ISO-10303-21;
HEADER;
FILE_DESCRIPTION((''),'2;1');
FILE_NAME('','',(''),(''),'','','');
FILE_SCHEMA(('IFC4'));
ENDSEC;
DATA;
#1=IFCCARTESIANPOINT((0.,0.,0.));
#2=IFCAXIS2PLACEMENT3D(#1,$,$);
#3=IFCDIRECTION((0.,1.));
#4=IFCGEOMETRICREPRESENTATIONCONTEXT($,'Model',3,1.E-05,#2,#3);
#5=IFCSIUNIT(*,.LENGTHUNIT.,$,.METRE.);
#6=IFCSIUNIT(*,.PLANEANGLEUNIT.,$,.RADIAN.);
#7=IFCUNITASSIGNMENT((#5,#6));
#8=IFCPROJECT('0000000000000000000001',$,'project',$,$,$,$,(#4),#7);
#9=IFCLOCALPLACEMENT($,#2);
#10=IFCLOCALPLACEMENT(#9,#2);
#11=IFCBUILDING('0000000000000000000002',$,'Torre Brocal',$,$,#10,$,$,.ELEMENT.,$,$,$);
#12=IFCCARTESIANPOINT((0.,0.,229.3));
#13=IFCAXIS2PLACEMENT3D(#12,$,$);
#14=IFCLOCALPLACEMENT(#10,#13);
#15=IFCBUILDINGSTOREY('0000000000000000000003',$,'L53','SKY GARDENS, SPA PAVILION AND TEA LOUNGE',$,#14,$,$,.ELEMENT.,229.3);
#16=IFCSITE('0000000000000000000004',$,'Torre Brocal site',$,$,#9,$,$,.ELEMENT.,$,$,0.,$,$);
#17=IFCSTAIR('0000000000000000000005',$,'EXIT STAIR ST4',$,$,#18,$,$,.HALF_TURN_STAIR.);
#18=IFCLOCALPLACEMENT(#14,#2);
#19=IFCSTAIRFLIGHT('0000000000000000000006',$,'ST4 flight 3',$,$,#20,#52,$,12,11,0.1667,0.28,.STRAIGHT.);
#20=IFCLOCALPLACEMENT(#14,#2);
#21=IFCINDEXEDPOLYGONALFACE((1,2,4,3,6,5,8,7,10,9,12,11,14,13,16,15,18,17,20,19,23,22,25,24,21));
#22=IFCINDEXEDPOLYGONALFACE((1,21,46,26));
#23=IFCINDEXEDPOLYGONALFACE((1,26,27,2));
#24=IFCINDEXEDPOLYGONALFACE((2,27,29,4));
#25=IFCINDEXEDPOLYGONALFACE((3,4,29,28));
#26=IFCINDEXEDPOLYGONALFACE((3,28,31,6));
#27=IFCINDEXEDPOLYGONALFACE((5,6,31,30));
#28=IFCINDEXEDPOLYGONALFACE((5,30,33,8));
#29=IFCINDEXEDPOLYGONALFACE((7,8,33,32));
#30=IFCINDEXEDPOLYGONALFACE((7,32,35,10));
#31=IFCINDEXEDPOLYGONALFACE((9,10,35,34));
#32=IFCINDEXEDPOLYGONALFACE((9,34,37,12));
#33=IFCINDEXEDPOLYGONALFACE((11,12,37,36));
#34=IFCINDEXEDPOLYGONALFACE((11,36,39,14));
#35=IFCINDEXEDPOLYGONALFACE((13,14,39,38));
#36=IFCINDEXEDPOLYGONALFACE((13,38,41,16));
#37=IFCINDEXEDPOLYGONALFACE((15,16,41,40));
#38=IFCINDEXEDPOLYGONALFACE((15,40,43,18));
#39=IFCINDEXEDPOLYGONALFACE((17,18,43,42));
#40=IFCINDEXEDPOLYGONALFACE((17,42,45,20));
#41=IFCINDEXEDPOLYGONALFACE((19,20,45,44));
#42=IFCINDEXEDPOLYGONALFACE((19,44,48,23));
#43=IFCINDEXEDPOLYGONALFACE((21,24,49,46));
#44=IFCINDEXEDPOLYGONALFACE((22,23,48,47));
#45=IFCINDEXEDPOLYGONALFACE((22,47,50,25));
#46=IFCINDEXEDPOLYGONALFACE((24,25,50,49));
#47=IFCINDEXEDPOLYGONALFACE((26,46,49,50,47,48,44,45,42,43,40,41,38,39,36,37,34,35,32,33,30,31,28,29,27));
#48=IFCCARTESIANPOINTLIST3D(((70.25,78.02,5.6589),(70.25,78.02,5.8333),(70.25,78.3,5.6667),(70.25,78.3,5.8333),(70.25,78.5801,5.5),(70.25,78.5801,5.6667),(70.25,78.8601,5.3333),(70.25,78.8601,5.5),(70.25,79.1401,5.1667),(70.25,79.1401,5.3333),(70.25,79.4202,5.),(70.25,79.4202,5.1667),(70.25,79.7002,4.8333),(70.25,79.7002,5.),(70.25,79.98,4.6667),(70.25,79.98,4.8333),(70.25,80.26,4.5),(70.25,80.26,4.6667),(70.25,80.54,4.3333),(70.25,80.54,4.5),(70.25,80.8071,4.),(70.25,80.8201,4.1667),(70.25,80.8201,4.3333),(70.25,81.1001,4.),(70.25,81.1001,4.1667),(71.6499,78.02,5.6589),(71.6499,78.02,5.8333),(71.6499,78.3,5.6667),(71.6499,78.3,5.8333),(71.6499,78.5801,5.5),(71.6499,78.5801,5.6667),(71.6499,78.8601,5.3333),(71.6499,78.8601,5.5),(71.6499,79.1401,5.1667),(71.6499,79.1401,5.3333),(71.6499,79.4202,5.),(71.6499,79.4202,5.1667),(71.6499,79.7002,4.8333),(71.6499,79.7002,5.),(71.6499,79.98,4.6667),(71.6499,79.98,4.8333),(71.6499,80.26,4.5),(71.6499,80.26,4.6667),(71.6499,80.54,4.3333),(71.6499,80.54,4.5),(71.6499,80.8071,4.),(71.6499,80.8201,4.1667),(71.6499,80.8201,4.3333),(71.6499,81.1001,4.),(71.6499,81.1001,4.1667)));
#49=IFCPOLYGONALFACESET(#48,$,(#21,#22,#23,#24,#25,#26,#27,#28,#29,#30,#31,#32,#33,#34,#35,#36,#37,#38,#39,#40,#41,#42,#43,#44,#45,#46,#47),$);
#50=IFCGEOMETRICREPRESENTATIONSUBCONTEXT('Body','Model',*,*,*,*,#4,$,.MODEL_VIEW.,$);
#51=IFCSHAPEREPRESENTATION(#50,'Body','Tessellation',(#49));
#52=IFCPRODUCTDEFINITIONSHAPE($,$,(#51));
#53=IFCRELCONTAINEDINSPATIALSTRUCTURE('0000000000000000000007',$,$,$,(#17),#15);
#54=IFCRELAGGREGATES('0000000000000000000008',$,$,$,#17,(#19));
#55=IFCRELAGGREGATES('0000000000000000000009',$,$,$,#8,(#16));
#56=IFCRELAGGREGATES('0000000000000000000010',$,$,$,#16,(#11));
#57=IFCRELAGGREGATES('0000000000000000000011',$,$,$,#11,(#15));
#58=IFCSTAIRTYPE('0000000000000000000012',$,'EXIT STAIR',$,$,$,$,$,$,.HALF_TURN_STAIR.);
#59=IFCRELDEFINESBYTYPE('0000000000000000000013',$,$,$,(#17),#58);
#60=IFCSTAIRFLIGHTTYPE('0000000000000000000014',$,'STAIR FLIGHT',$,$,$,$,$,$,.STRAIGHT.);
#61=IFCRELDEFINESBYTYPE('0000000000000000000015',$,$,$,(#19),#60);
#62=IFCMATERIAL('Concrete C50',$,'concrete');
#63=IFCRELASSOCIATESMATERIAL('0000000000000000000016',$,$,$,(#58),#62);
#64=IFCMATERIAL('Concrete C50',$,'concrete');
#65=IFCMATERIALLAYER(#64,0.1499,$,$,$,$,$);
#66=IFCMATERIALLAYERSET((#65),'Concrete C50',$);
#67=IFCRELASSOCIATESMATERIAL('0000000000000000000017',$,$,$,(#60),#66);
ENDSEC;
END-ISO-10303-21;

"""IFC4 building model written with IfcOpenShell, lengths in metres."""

from ifc_helpers import new_model, si_unit, direction, frame, origin, place, context, subcontext, project, spatial, polyline, outline, extrude, material, layer, layer_set, type_object, element, aggregate, save


model = new_model("IFC4")

# Units and contexts
model_context = context("Model", 3, precision=1e-05, world=origin(), true_north=direction((0.0, 1.0)))
body_context = subcontext(model_context, "Body", "Model", "MODEL_VIEW")
ifc_project = project(units=[si_unit("LENGTHUNIT", "METRE"), si_unit("PLANEANGLEUNIT", "RADIAN")], contexts=[model_context])

# Site, building, storey
site_placement = place(None, origin())
site = spatial("IfcSite", under=ifc_project, at=site_placement, Name="Torre Brocal site", CompositionType="ELEMENT", RefElevation=0.0)
building_placement = place(site_placement, origin())
building = spatial("IfcBuilding", under=site, at=building_placement, Name="Torre Brocal", CompositionType="ELEMENT")
storey_placement = place(building_placement, frame((0.0, 0.0, 229.3)))
storey = spatial("IfcBuildingStorey", under=building, at=storey_placement, Name="L53", Description="SKY GARDENS, SPA PAVILION AND TEA LOUNGE", CompositionType="ELEMENT", Elevation=229.3)

# Shared definitions
ifc_material_1 = material(Name="Concrete C50", Category="concrete")
stair_type = type_object("IfcStairType", Name="EXIT STAIR", PredefinedType="HALF_TURN_STAIR", material=ifc_material_1)
ifc_material_2 = material(Name="Concrete C50", Category="concrete")
ifc_layer_1 = layer(ifc_material_2, 0.1499)
ifc_layer_set_1 = layer_set([ifc_layer_1], Name="Concrete C50")
stair_flight_type = type_object("IfcStairFlightType", Name="STAIR FLIGHT", PredefinedType="STRAIGHT", material=ifc_layer_set_1)

# Stair, stair flight
stair_1_placement = place(storey_placement, origin())
stair_1 = element("IfcStair", 1, at=stair_1_placement, inside=storey, type_object=stair_type, Name="EXIT STAIR ST4", PredefinedType="HALF_TURN_STAIR")
stair_flight_1_placement = place(storey_placement, frame((70.95, 81.1001, 4.0), z_axis=(0.0, 0.0, 1.0), x_axis=(0.0, -1.0, 0.0)))
stair_flight_1 = element("IfcStairFlight", 2, at=stair_flight_1_placement, type_object=stair_flight_type, Name="ST4 flight 3", NumberOfRisers=12, NumberOfTreads=11, PredefinedType="STRAIGHT", RiserHeight=0.1667, TreadLength=0.28, context=body_context, shape_type="SweptSolid", body=[
    extrude(outline(polyline([(0.0, 0.0), (0.0, 0.1667), (0.28, 0.1667), (0.28, 0.3333), (0.5601, 0.3333), (0.5601, 0.5), (0.8401, 0.5), (0.8401, 0.6667), (1.1201, 0.6667), (1.1201, 0.8333), (1.3999, 0.8333), (1.3999, 1.0), (1.6799, 1.0), (1.6799, 1.1667), (1.96, 1.1667), (1.96, 1.3333), (2.24, 1.3333), (2.24, 1.5), (2.52, 1.5), (2.52, 1.6667), (2.8, 1.6667), (2.8, 1.8333), (3.0801, 1.8333), (3.0801, 2.0), (3.0801, 1.6589), (0.293, 0.0), (0.0, 0.0)])), frame((0.0, 0.7, 0.0), z_axis=(0.0, -1.0, 0.0), x_axis=(1.0, 0.0, 0.0)), (0.0, 0.0, 1.0), 1.3999),
])
aggregate(stair_1, [stair_flight_1])

save(model, "model.ifc")
